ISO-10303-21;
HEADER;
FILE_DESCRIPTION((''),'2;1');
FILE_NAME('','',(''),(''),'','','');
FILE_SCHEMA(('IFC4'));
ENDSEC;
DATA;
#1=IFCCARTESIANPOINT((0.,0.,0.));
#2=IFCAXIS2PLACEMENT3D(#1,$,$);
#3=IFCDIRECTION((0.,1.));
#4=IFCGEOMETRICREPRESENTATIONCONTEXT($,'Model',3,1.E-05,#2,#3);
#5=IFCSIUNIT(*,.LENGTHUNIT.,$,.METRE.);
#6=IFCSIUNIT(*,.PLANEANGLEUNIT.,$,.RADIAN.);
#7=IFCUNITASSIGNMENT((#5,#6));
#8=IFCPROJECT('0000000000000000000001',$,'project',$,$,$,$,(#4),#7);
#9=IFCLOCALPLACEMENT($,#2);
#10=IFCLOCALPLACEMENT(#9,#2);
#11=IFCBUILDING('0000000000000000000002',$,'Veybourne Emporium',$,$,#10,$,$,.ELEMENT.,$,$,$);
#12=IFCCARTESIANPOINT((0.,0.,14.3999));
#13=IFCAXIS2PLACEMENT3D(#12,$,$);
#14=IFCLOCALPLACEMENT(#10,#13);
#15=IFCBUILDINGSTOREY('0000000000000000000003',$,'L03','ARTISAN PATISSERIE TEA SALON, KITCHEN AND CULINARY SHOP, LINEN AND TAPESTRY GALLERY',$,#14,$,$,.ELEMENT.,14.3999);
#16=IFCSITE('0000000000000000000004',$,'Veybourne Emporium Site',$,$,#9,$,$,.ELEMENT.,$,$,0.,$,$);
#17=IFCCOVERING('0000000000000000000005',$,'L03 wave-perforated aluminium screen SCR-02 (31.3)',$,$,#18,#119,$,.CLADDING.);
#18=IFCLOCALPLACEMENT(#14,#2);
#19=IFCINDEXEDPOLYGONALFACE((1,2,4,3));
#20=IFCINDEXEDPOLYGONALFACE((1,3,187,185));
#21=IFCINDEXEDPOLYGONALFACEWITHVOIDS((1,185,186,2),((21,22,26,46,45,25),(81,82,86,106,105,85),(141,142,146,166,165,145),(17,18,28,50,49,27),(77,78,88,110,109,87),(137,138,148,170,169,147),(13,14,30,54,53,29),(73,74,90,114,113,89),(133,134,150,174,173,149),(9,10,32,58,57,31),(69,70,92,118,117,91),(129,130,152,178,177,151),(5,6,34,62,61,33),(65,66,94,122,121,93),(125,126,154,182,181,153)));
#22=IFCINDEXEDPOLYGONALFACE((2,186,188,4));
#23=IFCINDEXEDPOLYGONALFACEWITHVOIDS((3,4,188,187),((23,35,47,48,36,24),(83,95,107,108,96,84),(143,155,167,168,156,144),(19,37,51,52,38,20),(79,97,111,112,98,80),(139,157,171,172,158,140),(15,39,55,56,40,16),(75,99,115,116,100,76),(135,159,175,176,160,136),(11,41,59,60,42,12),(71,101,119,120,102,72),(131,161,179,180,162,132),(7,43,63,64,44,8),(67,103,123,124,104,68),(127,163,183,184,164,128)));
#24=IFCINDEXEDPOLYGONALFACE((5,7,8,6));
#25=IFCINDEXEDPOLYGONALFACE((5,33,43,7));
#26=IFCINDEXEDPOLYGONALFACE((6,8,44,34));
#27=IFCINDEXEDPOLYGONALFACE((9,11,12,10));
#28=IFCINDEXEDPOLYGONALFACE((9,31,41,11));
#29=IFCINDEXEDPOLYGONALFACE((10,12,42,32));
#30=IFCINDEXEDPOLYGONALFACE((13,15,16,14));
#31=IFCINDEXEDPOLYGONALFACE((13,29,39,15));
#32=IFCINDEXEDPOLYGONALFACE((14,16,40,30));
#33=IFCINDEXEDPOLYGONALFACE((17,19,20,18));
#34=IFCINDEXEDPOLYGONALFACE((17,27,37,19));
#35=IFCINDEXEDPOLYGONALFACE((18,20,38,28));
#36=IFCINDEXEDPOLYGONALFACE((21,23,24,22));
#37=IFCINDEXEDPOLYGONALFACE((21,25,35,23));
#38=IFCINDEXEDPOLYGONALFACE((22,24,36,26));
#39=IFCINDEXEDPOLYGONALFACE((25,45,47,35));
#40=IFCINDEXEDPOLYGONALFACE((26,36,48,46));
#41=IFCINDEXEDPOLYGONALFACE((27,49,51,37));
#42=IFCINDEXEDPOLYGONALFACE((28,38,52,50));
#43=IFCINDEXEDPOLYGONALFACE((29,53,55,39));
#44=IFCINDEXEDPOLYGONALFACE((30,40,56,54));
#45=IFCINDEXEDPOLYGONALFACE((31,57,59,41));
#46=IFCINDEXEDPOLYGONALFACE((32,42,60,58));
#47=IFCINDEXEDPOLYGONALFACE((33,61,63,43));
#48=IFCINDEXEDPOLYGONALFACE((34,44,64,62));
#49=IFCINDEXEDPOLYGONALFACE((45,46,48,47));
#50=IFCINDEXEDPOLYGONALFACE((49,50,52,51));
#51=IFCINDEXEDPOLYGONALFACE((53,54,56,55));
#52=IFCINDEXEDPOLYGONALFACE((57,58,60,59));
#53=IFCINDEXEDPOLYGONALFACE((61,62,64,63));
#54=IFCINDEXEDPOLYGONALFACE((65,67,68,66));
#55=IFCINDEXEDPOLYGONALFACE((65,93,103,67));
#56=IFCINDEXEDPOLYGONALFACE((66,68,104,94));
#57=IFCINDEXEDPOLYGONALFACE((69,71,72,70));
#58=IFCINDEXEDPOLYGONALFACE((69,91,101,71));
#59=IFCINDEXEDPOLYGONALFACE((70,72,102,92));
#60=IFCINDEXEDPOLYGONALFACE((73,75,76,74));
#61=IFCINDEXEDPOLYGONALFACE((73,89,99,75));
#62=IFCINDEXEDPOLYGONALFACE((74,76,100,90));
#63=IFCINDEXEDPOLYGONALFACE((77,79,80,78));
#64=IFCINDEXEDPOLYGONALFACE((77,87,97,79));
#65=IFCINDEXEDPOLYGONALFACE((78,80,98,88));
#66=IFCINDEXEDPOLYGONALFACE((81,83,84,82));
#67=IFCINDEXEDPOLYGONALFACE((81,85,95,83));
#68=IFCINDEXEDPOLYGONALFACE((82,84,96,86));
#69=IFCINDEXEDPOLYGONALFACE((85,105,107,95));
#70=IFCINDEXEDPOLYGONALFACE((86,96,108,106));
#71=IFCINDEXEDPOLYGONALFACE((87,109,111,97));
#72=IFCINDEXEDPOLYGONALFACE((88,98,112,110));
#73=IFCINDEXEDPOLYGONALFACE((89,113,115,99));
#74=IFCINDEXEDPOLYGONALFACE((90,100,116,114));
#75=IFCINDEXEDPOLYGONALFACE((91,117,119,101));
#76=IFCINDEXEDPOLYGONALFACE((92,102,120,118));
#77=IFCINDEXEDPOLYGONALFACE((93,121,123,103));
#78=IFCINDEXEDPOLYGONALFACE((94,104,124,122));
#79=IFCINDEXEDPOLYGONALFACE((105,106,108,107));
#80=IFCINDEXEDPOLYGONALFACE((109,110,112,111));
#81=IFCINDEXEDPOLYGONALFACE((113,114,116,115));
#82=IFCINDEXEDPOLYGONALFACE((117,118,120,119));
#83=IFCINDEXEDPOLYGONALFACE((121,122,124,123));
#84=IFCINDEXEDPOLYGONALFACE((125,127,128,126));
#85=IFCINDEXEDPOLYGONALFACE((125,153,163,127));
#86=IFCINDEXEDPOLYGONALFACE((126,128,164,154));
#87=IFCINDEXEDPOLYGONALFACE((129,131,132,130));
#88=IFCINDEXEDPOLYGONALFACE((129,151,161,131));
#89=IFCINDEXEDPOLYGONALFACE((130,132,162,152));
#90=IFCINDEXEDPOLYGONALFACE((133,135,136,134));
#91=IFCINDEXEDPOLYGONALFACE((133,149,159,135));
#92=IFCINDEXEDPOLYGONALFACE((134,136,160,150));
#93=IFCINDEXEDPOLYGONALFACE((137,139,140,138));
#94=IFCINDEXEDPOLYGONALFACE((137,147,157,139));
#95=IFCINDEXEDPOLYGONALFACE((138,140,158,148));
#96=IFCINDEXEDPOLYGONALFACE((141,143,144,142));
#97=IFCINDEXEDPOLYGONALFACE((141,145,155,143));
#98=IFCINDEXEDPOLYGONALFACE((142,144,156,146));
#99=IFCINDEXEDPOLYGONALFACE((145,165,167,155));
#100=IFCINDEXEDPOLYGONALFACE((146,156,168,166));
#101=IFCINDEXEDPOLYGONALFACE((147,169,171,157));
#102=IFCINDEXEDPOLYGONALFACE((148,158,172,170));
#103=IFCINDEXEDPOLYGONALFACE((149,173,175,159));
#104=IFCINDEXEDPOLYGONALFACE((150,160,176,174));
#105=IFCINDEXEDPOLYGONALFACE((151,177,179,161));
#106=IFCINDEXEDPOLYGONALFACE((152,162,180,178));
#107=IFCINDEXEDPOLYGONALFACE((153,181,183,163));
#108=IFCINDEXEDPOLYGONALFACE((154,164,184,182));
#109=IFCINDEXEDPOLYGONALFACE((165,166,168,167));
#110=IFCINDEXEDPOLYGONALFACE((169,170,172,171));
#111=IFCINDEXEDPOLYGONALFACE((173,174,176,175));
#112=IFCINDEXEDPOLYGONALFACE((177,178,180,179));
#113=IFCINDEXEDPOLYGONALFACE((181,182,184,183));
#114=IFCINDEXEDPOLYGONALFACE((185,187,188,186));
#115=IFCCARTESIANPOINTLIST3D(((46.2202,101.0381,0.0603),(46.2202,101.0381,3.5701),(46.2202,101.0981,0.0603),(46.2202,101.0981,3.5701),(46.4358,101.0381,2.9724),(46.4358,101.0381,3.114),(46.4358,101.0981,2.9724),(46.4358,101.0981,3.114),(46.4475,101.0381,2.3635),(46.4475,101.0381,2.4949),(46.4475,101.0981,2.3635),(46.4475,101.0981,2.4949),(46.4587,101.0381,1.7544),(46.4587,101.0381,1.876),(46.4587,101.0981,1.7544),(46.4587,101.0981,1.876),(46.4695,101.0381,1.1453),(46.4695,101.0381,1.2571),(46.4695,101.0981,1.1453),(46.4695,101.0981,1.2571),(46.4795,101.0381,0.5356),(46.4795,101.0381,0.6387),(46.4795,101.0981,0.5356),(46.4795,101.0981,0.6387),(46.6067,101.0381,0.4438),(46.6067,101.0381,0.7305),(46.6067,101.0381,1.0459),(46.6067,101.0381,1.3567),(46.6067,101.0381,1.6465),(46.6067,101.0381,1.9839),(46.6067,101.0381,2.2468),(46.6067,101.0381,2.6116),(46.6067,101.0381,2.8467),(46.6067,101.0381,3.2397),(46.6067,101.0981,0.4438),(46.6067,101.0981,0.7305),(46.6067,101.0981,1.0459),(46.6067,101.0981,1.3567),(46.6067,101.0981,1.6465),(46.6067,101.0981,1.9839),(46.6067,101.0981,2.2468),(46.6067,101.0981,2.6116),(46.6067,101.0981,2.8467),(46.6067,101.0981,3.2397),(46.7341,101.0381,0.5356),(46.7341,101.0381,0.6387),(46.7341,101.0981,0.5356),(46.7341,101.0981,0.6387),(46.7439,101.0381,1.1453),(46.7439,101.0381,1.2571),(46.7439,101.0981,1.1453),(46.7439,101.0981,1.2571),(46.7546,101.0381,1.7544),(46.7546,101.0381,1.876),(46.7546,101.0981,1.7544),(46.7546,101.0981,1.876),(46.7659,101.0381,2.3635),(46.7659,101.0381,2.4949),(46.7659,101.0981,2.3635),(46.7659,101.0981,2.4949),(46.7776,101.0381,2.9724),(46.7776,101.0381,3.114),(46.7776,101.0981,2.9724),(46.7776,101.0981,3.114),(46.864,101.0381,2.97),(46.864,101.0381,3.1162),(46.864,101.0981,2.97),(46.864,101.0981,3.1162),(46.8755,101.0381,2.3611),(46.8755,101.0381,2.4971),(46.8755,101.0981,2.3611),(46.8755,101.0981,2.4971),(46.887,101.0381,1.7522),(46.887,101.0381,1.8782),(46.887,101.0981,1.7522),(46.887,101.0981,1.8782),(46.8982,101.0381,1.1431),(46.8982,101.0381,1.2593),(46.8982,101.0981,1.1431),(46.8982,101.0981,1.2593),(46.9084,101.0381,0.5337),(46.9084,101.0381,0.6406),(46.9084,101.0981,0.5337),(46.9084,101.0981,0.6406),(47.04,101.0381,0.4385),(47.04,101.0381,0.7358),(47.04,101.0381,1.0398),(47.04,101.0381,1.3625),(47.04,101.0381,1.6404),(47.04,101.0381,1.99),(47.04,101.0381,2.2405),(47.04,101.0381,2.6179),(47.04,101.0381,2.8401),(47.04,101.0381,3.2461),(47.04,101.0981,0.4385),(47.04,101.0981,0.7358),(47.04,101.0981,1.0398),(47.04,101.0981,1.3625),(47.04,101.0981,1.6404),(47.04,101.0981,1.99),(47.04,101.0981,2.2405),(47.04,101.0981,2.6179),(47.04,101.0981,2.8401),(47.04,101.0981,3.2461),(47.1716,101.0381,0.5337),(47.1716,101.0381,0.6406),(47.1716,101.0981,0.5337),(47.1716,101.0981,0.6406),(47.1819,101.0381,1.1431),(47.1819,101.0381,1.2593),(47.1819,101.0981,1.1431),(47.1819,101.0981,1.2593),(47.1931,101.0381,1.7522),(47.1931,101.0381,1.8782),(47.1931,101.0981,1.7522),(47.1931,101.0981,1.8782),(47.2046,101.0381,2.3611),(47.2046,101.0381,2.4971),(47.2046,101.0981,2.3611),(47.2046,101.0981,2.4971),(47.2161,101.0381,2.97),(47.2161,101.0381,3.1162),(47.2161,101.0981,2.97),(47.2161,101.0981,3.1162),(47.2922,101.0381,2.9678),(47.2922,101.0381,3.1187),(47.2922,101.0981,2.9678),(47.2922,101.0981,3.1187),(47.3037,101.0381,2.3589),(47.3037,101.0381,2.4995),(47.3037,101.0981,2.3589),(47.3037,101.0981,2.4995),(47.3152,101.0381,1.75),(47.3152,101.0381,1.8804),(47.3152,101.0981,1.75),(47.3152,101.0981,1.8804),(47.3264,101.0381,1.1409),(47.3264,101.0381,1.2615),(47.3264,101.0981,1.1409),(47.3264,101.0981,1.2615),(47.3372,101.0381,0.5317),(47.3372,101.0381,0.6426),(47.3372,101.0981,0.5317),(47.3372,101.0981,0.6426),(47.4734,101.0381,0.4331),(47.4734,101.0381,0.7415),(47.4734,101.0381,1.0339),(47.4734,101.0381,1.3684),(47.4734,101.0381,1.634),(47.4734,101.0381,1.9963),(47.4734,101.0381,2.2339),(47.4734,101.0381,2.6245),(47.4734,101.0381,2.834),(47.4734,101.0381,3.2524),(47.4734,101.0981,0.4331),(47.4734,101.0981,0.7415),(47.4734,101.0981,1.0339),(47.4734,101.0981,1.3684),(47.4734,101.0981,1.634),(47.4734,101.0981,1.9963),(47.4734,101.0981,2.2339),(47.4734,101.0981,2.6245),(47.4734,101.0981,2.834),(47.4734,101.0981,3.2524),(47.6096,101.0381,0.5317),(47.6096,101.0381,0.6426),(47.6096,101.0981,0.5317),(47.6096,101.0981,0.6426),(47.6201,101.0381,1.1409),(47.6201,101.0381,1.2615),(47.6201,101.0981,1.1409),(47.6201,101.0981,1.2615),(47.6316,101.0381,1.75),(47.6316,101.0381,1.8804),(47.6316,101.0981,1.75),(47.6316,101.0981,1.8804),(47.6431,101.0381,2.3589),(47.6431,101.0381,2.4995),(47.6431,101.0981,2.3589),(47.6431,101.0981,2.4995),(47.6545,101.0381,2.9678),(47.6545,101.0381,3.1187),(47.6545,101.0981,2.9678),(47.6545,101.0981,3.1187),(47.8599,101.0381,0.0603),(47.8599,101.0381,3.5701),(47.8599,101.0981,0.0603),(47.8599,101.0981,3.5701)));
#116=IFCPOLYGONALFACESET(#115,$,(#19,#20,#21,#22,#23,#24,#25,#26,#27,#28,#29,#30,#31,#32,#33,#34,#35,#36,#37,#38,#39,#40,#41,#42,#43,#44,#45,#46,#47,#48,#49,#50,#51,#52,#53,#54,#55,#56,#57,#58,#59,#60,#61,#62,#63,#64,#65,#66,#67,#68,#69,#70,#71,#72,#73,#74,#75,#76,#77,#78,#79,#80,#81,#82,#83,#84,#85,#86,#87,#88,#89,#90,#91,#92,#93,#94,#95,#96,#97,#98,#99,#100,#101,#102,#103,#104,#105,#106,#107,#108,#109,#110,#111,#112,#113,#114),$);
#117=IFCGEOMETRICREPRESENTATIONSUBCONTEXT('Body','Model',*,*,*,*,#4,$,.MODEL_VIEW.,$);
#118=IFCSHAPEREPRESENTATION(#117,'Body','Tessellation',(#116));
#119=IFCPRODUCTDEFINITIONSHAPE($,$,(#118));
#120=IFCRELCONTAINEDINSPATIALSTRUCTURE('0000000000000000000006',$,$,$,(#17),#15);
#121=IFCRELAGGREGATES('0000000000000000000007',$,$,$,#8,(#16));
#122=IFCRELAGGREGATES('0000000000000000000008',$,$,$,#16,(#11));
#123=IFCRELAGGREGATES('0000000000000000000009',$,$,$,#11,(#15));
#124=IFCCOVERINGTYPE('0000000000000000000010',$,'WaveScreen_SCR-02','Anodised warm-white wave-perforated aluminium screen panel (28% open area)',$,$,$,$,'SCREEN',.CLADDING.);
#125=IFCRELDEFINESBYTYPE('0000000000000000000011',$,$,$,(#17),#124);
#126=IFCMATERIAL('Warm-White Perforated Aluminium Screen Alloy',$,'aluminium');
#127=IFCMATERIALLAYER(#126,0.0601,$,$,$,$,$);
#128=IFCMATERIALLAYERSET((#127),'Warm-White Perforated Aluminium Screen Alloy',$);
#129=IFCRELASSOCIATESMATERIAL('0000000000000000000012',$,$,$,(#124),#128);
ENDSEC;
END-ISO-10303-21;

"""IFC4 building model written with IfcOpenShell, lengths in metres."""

from ifc_helpers import new_model, si_unit, direction, frame, origin, place, context, subcontext, project, spatial, polyline, outline, extrude, material, layer, layer_set, type_object, element, save


model = new_model("IFC4")

# Units and contexts
model_context = context("Model", 3, precision=1e-05, world=origin(), true_north=direction((0.0, 1.0)))
body_context = subcontext(model_context, "Body", "Model", "MODEL_VIEW")
ifc_project = project(units=[si_unit("LENGTHUNIT", "METRE"), si_unit("PLANEANGLEUNIT", "RADIAN")], contexts=[model_context])

# Site, building, storey
site_placement = place(None, origin())
site = spatial("IfcSite", under=ifc_project, at=site_placement, Name="Veybourne Emporium Site", CompositionType="ELEMENT", RefElevation=0.0)
building_placement = place(site_placement, origin())
building = spatial("IfcBuilding", under=site, at=building_placement, Name="Veybourne Emporium", CompositionType="ELEMENT")
storey_placement = place(building_placement, frame((0.0, 0.0, 14.3999)))
storey = spatial("IfcBuildingStorey", under=building, at=storey_placement, Name="L03", Description="ARTISAN PATISSERIE TEA SALON, KITCHEN AND CULINARY SHOP, LINEN AND TAPESTRY GALLERY", CompositionType="ELEMENT", Elevation=14.3999)

# Covering
ifc_material_1 = material(Name="Warm-White Perforated Aluminium Screen Alloy", Category="aluminium")
ifc_layer_1 = layer(ifc_material_1, 0.0601)
ifc_layer_set_1 = layer_set([ifc_layer_1], Name="Warm-White Perforated Aluminium Screen Alloy")
covering_type_1 = type_object("IfcCoveringType", Name="WaveScreen_SCR-02", Description="Anodised warm-white wave-perforated aluminium screen panel (28% open area)", ElementType="SCREEN", PredefinedType="CLADDING", material=ifc_layer_set_1)
covering_1_placement = place(storey_placement, frame((47.04, 101.0981, 1.8152), z_axis=(0.0, -1.0, 0.0), x_axis=(1.0, 0.0, 0.0)))
element("IfcCovering", 1, at=covering_1_placement, inside=storey, type_object=covering_type_1, Name="L03 wave-perforated aluminium screen SCR-02 (31.3)", PredefinedType="CLADDING", context=body_context, shape_type="SweptSolid", body=[
    extrude(outline(polyline([(-0.8198, -1.7549), (0.8198, -1.7549), (0.8198, 1.7549), (-0.8198, 1.7549), (-0.8198, -1.7549)]), holes=[polyline([(-0.4333, -1.0847), (-0.3059, -1.1765), (-0.3059, -1.2795), (-0.4333, -1.3713), (-0.5605, -1.2795), (-0.5605, -1.1765), (-0.4333, -1.0847)]), polyline([(-0.4333, -0.4585), (-0.2961, -0.5581), (-0.2961, -0.6699), (-0.4333, -0.7693), (-0.5706, -0.6699), (-0.5706, -0.5581), (-0.4333, -0.4585)]), polyline([(-0.4333, 0.1687), (-0.2854, 0.0608), (-0.2854, -0.0608), (-0.4333, -0.1687), (-0.5813, -0.0608), (-0.5813, 0.0608), (-0.4333, 0.1687)]), polyline([(-0.4333, 0.7964), (-0.2742, 0.6797), (-0.2742, 0.5483), (-0.4333, 0.4316), (-0.5925, 0.5483), (-0.5925, 0.6797), (-0.4333, 0.7964)]), polyline([(-0.4333, 1.4246), (-0.2625, 1.2988), (-0.2625, 1.1572), (-0.4333, 1.0315), (-0.6042, 1.1572), (-0.6042, 1.2988), (-0.4333, 1.4246)]), polyline([(0.0, -1.0793), (0.1316, -1.1746), (0.1316, -1.2815), (0.0, -1.3767), (-0.1316, -1.2815), (-0.1316, -1.1746), (0.0, -1.0793)]), polyline([(0.0, -0.4526), (0.1418, -0.5559), (0.1418, -0.6721), (0.0, -0.7754), (-0.1418, -0.6721), (-0.1418, -0.5559), (0.0, -0.4526)]), polyline([(0.0, 0.1748), (0.1531, 0.063), (0.1531, -0.063), (0.0, -0.1748), (-0.1531, -0.063), (-0.1531, 0.063), (0.0, 0.1748)]), polyline([(0.0, 0.8027), (0.1646, 0.6819), (0.1646, 0.5459), (0.0, 0.4253), (-0.1646, 0.5459), (-0.1646, 0.6819), (0.0, 0.8027)]), polyline([(0.0, 1.4309), (0.176, 1.301), (0.176, 1.1548), (0.0, 1.0249), (-0.176, 1.1548), (-0.176, 1.301), (0.0, 1.4309)]), polyline([(0.4333, -1.0737), (0.5696, -1.1726), (0.5696, -1.2834), (0.4333, -1.3821), (0.2971, -1.2834), (0.2971, -1.1726), (0.4333, -1.0737)]), polyline([(0.4333, -0.4468), (0.5801, -0.5537), (0.5801, -0.6743), (0.4333, -0.7812), (0.2864, -0.6743), (0.2864, -0.5537), (0.4333, -0.4468)]), polyline([(0.4333, 0.1812), (0.5916, 0.0652), (0.5916, -0.0652), (0.4333, -0.1812), (0.2751, -0.0652), (0.2751, 0.0652), (0.4333, 0.1812)]), polyline([(0.4333, 0.8093), (0.603, 0.6843), (0.603, 0.5437), (0.4333, 0.4187), (0.2637, 0.5437), (0.2637, 0.6843), (0.4333, 0.8093)]), polyline([(0.4333, 1.4373), (0.6145, 1.3035), (0.6145, 1.1526), (0.4333, 1.0188), (0.2522, 1.1526), (0.2522, 1.3035), (0.4333, 1.4373)])]), origin(), (0.0, 0.0, 1.0), 0.0601),
])

save(model, "model.ifc")
